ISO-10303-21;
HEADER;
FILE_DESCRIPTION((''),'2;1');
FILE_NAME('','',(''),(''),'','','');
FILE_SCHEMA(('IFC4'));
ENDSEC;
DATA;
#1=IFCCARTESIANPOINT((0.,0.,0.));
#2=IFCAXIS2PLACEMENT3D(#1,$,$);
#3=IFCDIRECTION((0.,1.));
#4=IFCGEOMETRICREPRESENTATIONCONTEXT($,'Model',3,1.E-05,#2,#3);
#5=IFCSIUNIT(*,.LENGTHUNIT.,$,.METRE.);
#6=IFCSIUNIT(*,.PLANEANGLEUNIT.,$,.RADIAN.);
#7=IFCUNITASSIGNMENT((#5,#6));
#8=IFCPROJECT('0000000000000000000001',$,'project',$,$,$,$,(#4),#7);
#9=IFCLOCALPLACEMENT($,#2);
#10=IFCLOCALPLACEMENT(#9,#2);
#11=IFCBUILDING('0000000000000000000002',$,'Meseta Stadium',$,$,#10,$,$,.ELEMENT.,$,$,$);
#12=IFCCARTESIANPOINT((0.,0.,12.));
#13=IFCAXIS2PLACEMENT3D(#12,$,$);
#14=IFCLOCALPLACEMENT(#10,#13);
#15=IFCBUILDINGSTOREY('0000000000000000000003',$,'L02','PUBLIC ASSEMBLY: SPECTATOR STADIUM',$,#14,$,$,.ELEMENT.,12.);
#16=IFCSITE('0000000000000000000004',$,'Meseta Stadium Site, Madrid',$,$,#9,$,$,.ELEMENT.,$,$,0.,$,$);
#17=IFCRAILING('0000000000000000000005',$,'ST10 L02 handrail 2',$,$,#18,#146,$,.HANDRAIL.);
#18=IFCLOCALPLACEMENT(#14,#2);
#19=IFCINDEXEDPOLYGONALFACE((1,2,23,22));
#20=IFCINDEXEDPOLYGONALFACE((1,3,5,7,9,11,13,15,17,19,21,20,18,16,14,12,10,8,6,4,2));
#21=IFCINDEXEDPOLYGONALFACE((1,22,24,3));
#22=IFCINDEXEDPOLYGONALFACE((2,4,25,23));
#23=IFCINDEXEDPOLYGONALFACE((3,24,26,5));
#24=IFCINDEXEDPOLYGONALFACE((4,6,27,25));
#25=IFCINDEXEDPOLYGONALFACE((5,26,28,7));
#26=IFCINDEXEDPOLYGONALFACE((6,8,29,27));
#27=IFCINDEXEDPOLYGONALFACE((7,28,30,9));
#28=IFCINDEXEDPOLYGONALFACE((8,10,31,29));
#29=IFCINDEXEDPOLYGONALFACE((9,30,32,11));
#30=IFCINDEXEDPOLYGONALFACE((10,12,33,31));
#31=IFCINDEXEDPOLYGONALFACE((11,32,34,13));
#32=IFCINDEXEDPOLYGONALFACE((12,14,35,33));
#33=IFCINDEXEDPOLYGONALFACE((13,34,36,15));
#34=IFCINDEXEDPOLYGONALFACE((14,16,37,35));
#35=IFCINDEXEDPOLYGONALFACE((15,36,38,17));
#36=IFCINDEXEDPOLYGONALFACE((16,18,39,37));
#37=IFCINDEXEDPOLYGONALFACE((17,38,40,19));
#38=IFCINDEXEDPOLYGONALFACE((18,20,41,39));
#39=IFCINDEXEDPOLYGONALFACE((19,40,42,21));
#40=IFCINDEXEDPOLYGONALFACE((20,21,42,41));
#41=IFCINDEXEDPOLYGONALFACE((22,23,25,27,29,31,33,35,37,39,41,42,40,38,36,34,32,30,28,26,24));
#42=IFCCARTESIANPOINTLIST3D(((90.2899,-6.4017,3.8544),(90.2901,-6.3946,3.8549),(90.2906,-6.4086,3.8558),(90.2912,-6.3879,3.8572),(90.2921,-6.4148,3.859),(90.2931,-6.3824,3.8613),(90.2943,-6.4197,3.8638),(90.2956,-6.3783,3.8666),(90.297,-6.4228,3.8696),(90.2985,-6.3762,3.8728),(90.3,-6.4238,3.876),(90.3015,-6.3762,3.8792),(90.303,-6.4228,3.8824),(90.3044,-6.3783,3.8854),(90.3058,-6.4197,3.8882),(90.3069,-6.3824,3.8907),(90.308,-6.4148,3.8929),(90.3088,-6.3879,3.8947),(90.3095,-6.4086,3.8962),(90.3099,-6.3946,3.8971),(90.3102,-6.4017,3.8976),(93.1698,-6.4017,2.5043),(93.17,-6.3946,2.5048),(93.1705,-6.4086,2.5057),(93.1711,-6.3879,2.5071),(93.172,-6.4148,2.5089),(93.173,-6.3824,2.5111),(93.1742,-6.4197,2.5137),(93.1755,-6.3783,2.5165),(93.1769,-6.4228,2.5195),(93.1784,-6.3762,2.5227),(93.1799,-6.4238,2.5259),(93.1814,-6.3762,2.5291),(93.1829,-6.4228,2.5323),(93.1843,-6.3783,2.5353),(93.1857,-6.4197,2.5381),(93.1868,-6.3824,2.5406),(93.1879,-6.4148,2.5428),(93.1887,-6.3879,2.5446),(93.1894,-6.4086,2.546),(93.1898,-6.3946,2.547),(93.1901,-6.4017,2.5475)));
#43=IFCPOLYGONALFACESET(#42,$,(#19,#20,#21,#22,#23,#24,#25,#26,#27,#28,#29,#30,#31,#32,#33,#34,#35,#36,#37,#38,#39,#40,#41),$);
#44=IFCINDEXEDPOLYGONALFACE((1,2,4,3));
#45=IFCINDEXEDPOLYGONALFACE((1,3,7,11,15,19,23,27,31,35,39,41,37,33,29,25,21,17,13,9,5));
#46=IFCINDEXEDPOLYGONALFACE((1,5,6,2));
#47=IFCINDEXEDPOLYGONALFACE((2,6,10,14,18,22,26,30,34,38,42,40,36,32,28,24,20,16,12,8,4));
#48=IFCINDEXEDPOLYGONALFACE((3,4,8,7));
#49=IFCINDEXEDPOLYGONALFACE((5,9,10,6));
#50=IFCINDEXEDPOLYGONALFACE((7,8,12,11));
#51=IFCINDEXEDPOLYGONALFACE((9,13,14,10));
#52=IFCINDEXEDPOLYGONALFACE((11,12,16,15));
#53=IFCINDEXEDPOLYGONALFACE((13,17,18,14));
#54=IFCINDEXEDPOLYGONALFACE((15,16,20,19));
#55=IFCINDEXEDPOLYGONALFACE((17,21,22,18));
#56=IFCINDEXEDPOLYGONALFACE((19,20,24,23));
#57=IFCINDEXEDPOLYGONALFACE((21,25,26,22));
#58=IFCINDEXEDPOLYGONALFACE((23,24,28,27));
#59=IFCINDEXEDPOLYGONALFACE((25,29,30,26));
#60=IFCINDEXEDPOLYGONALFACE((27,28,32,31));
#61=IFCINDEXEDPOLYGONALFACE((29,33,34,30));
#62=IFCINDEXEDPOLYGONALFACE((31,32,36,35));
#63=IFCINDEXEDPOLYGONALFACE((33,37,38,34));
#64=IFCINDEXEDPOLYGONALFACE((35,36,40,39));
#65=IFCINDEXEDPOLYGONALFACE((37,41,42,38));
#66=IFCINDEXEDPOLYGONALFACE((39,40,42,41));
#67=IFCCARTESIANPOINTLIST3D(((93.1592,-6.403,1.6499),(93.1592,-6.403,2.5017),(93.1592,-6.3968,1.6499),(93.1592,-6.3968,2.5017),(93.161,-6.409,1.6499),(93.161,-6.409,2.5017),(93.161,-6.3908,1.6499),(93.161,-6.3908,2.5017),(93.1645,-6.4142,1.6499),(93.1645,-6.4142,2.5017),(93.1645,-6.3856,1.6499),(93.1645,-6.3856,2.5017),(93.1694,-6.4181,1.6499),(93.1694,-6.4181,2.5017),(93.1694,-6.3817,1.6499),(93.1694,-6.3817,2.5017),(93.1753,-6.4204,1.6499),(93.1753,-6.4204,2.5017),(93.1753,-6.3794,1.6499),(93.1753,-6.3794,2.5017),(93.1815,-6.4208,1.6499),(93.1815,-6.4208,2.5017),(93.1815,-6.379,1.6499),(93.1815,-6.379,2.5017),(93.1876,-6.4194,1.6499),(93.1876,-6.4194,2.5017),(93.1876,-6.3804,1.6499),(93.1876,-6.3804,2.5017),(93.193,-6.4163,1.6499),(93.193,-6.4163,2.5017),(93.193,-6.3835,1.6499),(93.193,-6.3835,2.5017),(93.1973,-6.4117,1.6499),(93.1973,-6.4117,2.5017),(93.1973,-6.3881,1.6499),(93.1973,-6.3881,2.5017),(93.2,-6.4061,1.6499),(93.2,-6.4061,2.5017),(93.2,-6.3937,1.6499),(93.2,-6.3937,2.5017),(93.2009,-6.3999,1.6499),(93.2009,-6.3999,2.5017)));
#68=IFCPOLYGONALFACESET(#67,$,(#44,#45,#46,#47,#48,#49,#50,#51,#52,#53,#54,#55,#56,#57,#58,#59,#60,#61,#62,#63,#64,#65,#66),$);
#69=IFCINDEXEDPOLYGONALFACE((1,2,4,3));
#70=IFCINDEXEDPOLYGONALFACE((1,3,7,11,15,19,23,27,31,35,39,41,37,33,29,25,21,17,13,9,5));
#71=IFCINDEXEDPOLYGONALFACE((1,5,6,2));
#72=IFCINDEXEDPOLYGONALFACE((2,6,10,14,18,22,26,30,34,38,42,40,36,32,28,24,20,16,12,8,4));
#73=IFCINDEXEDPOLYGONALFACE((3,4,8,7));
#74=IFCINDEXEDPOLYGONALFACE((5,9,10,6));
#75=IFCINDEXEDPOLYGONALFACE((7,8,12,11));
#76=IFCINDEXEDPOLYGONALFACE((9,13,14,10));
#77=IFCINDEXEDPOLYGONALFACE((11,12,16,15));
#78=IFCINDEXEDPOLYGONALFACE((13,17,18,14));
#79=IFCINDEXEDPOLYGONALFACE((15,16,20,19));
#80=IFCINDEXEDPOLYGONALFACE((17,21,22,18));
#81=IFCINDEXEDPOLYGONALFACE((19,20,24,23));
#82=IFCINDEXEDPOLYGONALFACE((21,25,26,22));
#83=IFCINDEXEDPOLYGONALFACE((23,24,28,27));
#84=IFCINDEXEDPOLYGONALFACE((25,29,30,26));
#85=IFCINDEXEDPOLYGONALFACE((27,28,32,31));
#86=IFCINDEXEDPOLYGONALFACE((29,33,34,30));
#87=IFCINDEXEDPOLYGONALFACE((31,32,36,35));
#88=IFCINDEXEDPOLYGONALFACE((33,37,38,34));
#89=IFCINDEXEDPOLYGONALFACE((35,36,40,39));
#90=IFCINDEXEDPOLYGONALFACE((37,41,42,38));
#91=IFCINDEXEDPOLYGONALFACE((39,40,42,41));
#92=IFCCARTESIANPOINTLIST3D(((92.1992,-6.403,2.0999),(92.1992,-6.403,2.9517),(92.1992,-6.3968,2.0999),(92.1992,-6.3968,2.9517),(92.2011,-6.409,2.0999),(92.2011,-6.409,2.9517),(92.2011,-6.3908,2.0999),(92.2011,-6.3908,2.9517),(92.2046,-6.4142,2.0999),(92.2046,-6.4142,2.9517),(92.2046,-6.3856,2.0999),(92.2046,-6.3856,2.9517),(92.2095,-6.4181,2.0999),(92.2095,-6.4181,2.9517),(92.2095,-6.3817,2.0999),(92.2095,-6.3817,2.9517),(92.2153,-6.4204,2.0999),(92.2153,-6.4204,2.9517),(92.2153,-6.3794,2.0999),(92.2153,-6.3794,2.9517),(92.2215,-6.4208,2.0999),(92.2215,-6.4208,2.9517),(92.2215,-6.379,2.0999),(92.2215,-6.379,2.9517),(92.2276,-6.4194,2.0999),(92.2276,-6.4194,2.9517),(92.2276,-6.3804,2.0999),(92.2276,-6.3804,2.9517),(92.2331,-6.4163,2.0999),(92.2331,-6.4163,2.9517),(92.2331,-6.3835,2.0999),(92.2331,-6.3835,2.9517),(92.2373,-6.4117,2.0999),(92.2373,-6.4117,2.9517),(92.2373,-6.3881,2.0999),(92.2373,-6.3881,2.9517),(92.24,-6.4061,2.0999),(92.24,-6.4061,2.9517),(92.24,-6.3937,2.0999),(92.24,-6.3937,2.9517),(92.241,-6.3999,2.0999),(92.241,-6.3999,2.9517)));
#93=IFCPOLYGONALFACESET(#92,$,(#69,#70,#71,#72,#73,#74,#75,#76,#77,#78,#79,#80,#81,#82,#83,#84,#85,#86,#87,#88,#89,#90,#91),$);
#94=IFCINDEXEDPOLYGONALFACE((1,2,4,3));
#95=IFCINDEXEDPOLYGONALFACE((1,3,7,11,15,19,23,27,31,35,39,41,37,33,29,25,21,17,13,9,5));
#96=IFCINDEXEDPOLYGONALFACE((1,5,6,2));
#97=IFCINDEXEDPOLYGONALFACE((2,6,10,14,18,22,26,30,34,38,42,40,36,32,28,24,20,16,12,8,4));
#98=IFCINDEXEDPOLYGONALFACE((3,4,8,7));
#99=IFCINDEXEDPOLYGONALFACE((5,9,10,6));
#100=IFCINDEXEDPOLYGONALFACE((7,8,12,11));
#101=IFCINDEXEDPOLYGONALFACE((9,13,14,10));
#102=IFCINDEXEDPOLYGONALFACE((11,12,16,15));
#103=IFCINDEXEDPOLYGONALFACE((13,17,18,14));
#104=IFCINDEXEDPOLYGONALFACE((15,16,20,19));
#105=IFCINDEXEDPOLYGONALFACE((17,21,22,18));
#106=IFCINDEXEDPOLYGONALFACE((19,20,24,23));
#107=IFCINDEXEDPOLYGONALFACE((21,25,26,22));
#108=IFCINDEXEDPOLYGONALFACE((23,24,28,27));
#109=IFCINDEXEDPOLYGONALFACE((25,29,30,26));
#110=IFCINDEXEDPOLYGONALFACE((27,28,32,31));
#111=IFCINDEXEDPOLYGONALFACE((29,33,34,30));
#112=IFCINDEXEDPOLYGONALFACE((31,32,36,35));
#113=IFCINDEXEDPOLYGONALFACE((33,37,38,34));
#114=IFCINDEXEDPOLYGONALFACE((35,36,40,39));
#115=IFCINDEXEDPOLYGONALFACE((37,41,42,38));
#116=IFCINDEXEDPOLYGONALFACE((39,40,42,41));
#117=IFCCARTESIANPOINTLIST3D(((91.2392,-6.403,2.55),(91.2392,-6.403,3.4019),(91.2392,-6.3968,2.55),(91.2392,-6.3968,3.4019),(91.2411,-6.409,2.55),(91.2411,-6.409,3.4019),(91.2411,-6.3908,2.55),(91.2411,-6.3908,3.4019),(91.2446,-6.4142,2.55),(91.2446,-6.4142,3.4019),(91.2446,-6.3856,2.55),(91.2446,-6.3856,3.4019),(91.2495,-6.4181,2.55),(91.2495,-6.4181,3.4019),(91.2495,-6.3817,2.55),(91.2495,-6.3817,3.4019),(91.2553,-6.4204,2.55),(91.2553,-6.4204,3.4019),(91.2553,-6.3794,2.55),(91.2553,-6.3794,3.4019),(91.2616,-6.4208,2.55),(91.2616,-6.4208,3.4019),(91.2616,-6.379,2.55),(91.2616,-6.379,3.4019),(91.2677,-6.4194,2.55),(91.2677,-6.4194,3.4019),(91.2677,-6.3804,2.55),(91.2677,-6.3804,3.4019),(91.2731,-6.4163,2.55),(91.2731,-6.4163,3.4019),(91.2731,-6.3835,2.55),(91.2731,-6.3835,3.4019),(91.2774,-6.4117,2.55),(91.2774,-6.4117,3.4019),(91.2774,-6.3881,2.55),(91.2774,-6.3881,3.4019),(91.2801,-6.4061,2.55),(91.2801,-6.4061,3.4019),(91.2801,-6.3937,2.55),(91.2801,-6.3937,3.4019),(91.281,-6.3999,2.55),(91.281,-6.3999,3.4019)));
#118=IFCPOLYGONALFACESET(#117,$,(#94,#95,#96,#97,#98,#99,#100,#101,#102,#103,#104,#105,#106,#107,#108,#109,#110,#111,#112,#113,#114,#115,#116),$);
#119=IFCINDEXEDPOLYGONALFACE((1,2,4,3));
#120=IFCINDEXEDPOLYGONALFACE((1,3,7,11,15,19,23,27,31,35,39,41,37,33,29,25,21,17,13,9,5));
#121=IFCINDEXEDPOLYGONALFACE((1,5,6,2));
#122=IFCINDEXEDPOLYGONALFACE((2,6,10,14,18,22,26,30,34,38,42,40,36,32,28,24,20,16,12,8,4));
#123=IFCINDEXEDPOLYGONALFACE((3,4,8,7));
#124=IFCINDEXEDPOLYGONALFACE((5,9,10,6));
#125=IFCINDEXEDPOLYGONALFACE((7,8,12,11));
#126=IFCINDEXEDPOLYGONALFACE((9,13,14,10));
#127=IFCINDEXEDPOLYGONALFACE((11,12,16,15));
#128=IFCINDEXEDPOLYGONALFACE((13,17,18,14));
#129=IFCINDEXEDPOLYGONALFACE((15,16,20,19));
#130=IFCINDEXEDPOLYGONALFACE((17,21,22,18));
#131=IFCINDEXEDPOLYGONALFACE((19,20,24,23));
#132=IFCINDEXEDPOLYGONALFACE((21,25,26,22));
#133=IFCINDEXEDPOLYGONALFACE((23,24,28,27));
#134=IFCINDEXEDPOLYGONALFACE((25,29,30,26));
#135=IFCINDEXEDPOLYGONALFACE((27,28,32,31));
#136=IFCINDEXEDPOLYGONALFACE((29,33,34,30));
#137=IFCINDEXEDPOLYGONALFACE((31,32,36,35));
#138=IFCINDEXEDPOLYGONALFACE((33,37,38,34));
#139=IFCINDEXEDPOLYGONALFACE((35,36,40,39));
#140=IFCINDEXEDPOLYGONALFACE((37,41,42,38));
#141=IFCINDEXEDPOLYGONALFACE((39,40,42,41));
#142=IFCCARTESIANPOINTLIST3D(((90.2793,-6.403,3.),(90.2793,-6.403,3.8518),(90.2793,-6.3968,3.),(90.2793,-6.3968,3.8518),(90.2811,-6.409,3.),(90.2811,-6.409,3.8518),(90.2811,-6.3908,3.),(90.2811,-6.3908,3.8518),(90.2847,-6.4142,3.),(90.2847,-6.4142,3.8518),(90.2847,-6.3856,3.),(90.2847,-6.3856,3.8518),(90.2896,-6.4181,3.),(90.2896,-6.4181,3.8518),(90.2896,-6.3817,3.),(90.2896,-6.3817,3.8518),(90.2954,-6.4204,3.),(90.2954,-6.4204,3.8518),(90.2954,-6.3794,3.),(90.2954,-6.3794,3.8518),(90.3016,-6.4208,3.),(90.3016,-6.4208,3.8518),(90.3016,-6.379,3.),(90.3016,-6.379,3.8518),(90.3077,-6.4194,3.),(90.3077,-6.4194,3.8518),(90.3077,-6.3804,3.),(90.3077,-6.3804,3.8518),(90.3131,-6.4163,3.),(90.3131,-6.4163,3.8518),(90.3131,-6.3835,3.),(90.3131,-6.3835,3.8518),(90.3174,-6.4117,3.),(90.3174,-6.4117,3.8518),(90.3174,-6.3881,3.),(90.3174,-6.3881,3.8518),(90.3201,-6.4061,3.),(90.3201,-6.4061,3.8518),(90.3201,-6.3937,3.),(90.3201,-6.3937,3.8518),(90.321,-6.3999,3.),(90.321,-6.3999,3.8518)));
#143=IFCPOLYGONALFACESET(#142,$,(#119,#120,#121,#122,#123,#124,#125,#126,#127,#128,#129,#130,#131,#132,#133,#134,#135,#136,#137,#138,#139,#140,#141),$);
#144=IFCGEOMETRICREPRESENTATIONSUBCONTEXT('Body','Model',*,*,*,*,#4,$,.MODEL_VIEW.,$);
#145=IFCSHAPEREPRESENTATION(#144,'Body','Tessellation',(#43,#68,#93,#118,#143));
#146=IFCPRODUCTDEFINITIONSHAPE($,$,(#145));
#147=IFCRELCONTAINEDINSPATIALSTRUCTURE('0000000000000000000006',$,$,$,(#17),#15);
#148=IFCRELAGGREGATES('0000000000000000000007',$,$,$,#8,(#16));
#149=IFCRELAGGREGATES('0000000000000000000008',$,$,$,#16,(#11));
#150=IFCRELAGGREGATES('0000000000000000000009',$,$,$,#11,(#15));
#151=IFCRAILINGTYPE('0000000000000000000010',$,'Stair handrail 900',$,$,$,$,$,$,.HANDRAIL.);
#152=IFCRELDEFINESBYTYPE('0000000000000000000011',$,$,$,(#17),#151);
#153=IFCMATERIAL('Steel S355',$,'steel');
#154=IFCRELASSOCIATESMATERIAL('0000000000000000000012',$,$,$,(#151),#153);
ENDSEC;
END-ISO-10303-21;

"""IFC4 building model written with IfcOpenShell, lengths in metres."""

from ifc_helpers import new_model, si_unit, direction, frame, origin, origin_2d, place, context, subcontext, project, spatial, circle, extrude, material, type_object, element, save


model = new_model("IFC4")

# Units and contexts
model_context = context("Model", 3, precision=1e-05, world=origin(), true_north=direction((0.0, 1.0)))
body_context = subcontext(model_context, "Body", "Model", "MODEL_VIEW")
ifc_project = project(units=[si_unit("LENGTHUNIT", "METRE"), si_unit("PLANEANGLEUNIT", "RADIAN")], contexts=[model_context])

# Site, building, storey
site_placement = place(None, origin())
site = spatial("IfcSite", under=ifc_project, at=site_placement, Name="Meseta Stadium Site, Madrid", CompositionType="ELEMENT", RefElevation=0.0)
building_placement = place(site_placement, origin())
building = spatial("IfcBuilding", under=site, at=building_placement, Name="Meseta Stadium", CompositionType="ELEMENT")
storey_placement = place(building_placement, frame((0.0, 0.0, 12.0)))
storey = spatial("IfcBuildingStorey", under=building, at=storey_placement, Name="L02", Description="PUBLIC ASSEMBLY: SPECTATOR STADIUM", CompositionType="ELEMENT", Elevation=12.0)

# Railing
ifc_material_1 = material(Name="Steel S355", Category="steel")
railing_type_1 = type_object("IfcRailingType", Name="Stair handrail 900", PredefinedType="HANDRAIL", material=ifc_material_1)
railing_1_placement = place(storey_placement, frame((93.1799, -6.3999, 1.6499)))
element("IfcRailing", 1, at=railing_1_placement, inside=storey, type_object=railing_type_1, Name="ST10 L02 handrail 2", PredefinedType="HANDRAIL", context=body_context, shape_type="SweptSolid", body=[
    extrude(circle(Radius=0.0239, at=origin_2d()), frame((0.0, 0.0, 0.876), z_axis=(-0.90544, 0.0, 0.424473), x_axis=(0.0, -1.0, 0.0)), (0.0, 0.0, 1.0), 3.1807),
    extrude(circle(Radius=0.021, at=origin_2d()), origin(), (0.0, 0.0, 1.0), 0.8518),
    extrude(circle(Radius=0.021, at=origin_2d()), frame((-0.96, 0.0, 0.45)), (0.0, 0.0, 1.0), 0.8518),
    extrude(circle(Radius=0.021, at=origin_2d()), frame((-1.9199, 0.0, 0.9001)), (0.0, 0.0, 1.0), 0.8518),
    extrude(circle(Radius=0.021, at=origin_2d()), frame((-2.8799, 0.0, 1.3501)), (0.0, 0.0, 1.0), 0.8518),
])

save(model, "model.ifc")
